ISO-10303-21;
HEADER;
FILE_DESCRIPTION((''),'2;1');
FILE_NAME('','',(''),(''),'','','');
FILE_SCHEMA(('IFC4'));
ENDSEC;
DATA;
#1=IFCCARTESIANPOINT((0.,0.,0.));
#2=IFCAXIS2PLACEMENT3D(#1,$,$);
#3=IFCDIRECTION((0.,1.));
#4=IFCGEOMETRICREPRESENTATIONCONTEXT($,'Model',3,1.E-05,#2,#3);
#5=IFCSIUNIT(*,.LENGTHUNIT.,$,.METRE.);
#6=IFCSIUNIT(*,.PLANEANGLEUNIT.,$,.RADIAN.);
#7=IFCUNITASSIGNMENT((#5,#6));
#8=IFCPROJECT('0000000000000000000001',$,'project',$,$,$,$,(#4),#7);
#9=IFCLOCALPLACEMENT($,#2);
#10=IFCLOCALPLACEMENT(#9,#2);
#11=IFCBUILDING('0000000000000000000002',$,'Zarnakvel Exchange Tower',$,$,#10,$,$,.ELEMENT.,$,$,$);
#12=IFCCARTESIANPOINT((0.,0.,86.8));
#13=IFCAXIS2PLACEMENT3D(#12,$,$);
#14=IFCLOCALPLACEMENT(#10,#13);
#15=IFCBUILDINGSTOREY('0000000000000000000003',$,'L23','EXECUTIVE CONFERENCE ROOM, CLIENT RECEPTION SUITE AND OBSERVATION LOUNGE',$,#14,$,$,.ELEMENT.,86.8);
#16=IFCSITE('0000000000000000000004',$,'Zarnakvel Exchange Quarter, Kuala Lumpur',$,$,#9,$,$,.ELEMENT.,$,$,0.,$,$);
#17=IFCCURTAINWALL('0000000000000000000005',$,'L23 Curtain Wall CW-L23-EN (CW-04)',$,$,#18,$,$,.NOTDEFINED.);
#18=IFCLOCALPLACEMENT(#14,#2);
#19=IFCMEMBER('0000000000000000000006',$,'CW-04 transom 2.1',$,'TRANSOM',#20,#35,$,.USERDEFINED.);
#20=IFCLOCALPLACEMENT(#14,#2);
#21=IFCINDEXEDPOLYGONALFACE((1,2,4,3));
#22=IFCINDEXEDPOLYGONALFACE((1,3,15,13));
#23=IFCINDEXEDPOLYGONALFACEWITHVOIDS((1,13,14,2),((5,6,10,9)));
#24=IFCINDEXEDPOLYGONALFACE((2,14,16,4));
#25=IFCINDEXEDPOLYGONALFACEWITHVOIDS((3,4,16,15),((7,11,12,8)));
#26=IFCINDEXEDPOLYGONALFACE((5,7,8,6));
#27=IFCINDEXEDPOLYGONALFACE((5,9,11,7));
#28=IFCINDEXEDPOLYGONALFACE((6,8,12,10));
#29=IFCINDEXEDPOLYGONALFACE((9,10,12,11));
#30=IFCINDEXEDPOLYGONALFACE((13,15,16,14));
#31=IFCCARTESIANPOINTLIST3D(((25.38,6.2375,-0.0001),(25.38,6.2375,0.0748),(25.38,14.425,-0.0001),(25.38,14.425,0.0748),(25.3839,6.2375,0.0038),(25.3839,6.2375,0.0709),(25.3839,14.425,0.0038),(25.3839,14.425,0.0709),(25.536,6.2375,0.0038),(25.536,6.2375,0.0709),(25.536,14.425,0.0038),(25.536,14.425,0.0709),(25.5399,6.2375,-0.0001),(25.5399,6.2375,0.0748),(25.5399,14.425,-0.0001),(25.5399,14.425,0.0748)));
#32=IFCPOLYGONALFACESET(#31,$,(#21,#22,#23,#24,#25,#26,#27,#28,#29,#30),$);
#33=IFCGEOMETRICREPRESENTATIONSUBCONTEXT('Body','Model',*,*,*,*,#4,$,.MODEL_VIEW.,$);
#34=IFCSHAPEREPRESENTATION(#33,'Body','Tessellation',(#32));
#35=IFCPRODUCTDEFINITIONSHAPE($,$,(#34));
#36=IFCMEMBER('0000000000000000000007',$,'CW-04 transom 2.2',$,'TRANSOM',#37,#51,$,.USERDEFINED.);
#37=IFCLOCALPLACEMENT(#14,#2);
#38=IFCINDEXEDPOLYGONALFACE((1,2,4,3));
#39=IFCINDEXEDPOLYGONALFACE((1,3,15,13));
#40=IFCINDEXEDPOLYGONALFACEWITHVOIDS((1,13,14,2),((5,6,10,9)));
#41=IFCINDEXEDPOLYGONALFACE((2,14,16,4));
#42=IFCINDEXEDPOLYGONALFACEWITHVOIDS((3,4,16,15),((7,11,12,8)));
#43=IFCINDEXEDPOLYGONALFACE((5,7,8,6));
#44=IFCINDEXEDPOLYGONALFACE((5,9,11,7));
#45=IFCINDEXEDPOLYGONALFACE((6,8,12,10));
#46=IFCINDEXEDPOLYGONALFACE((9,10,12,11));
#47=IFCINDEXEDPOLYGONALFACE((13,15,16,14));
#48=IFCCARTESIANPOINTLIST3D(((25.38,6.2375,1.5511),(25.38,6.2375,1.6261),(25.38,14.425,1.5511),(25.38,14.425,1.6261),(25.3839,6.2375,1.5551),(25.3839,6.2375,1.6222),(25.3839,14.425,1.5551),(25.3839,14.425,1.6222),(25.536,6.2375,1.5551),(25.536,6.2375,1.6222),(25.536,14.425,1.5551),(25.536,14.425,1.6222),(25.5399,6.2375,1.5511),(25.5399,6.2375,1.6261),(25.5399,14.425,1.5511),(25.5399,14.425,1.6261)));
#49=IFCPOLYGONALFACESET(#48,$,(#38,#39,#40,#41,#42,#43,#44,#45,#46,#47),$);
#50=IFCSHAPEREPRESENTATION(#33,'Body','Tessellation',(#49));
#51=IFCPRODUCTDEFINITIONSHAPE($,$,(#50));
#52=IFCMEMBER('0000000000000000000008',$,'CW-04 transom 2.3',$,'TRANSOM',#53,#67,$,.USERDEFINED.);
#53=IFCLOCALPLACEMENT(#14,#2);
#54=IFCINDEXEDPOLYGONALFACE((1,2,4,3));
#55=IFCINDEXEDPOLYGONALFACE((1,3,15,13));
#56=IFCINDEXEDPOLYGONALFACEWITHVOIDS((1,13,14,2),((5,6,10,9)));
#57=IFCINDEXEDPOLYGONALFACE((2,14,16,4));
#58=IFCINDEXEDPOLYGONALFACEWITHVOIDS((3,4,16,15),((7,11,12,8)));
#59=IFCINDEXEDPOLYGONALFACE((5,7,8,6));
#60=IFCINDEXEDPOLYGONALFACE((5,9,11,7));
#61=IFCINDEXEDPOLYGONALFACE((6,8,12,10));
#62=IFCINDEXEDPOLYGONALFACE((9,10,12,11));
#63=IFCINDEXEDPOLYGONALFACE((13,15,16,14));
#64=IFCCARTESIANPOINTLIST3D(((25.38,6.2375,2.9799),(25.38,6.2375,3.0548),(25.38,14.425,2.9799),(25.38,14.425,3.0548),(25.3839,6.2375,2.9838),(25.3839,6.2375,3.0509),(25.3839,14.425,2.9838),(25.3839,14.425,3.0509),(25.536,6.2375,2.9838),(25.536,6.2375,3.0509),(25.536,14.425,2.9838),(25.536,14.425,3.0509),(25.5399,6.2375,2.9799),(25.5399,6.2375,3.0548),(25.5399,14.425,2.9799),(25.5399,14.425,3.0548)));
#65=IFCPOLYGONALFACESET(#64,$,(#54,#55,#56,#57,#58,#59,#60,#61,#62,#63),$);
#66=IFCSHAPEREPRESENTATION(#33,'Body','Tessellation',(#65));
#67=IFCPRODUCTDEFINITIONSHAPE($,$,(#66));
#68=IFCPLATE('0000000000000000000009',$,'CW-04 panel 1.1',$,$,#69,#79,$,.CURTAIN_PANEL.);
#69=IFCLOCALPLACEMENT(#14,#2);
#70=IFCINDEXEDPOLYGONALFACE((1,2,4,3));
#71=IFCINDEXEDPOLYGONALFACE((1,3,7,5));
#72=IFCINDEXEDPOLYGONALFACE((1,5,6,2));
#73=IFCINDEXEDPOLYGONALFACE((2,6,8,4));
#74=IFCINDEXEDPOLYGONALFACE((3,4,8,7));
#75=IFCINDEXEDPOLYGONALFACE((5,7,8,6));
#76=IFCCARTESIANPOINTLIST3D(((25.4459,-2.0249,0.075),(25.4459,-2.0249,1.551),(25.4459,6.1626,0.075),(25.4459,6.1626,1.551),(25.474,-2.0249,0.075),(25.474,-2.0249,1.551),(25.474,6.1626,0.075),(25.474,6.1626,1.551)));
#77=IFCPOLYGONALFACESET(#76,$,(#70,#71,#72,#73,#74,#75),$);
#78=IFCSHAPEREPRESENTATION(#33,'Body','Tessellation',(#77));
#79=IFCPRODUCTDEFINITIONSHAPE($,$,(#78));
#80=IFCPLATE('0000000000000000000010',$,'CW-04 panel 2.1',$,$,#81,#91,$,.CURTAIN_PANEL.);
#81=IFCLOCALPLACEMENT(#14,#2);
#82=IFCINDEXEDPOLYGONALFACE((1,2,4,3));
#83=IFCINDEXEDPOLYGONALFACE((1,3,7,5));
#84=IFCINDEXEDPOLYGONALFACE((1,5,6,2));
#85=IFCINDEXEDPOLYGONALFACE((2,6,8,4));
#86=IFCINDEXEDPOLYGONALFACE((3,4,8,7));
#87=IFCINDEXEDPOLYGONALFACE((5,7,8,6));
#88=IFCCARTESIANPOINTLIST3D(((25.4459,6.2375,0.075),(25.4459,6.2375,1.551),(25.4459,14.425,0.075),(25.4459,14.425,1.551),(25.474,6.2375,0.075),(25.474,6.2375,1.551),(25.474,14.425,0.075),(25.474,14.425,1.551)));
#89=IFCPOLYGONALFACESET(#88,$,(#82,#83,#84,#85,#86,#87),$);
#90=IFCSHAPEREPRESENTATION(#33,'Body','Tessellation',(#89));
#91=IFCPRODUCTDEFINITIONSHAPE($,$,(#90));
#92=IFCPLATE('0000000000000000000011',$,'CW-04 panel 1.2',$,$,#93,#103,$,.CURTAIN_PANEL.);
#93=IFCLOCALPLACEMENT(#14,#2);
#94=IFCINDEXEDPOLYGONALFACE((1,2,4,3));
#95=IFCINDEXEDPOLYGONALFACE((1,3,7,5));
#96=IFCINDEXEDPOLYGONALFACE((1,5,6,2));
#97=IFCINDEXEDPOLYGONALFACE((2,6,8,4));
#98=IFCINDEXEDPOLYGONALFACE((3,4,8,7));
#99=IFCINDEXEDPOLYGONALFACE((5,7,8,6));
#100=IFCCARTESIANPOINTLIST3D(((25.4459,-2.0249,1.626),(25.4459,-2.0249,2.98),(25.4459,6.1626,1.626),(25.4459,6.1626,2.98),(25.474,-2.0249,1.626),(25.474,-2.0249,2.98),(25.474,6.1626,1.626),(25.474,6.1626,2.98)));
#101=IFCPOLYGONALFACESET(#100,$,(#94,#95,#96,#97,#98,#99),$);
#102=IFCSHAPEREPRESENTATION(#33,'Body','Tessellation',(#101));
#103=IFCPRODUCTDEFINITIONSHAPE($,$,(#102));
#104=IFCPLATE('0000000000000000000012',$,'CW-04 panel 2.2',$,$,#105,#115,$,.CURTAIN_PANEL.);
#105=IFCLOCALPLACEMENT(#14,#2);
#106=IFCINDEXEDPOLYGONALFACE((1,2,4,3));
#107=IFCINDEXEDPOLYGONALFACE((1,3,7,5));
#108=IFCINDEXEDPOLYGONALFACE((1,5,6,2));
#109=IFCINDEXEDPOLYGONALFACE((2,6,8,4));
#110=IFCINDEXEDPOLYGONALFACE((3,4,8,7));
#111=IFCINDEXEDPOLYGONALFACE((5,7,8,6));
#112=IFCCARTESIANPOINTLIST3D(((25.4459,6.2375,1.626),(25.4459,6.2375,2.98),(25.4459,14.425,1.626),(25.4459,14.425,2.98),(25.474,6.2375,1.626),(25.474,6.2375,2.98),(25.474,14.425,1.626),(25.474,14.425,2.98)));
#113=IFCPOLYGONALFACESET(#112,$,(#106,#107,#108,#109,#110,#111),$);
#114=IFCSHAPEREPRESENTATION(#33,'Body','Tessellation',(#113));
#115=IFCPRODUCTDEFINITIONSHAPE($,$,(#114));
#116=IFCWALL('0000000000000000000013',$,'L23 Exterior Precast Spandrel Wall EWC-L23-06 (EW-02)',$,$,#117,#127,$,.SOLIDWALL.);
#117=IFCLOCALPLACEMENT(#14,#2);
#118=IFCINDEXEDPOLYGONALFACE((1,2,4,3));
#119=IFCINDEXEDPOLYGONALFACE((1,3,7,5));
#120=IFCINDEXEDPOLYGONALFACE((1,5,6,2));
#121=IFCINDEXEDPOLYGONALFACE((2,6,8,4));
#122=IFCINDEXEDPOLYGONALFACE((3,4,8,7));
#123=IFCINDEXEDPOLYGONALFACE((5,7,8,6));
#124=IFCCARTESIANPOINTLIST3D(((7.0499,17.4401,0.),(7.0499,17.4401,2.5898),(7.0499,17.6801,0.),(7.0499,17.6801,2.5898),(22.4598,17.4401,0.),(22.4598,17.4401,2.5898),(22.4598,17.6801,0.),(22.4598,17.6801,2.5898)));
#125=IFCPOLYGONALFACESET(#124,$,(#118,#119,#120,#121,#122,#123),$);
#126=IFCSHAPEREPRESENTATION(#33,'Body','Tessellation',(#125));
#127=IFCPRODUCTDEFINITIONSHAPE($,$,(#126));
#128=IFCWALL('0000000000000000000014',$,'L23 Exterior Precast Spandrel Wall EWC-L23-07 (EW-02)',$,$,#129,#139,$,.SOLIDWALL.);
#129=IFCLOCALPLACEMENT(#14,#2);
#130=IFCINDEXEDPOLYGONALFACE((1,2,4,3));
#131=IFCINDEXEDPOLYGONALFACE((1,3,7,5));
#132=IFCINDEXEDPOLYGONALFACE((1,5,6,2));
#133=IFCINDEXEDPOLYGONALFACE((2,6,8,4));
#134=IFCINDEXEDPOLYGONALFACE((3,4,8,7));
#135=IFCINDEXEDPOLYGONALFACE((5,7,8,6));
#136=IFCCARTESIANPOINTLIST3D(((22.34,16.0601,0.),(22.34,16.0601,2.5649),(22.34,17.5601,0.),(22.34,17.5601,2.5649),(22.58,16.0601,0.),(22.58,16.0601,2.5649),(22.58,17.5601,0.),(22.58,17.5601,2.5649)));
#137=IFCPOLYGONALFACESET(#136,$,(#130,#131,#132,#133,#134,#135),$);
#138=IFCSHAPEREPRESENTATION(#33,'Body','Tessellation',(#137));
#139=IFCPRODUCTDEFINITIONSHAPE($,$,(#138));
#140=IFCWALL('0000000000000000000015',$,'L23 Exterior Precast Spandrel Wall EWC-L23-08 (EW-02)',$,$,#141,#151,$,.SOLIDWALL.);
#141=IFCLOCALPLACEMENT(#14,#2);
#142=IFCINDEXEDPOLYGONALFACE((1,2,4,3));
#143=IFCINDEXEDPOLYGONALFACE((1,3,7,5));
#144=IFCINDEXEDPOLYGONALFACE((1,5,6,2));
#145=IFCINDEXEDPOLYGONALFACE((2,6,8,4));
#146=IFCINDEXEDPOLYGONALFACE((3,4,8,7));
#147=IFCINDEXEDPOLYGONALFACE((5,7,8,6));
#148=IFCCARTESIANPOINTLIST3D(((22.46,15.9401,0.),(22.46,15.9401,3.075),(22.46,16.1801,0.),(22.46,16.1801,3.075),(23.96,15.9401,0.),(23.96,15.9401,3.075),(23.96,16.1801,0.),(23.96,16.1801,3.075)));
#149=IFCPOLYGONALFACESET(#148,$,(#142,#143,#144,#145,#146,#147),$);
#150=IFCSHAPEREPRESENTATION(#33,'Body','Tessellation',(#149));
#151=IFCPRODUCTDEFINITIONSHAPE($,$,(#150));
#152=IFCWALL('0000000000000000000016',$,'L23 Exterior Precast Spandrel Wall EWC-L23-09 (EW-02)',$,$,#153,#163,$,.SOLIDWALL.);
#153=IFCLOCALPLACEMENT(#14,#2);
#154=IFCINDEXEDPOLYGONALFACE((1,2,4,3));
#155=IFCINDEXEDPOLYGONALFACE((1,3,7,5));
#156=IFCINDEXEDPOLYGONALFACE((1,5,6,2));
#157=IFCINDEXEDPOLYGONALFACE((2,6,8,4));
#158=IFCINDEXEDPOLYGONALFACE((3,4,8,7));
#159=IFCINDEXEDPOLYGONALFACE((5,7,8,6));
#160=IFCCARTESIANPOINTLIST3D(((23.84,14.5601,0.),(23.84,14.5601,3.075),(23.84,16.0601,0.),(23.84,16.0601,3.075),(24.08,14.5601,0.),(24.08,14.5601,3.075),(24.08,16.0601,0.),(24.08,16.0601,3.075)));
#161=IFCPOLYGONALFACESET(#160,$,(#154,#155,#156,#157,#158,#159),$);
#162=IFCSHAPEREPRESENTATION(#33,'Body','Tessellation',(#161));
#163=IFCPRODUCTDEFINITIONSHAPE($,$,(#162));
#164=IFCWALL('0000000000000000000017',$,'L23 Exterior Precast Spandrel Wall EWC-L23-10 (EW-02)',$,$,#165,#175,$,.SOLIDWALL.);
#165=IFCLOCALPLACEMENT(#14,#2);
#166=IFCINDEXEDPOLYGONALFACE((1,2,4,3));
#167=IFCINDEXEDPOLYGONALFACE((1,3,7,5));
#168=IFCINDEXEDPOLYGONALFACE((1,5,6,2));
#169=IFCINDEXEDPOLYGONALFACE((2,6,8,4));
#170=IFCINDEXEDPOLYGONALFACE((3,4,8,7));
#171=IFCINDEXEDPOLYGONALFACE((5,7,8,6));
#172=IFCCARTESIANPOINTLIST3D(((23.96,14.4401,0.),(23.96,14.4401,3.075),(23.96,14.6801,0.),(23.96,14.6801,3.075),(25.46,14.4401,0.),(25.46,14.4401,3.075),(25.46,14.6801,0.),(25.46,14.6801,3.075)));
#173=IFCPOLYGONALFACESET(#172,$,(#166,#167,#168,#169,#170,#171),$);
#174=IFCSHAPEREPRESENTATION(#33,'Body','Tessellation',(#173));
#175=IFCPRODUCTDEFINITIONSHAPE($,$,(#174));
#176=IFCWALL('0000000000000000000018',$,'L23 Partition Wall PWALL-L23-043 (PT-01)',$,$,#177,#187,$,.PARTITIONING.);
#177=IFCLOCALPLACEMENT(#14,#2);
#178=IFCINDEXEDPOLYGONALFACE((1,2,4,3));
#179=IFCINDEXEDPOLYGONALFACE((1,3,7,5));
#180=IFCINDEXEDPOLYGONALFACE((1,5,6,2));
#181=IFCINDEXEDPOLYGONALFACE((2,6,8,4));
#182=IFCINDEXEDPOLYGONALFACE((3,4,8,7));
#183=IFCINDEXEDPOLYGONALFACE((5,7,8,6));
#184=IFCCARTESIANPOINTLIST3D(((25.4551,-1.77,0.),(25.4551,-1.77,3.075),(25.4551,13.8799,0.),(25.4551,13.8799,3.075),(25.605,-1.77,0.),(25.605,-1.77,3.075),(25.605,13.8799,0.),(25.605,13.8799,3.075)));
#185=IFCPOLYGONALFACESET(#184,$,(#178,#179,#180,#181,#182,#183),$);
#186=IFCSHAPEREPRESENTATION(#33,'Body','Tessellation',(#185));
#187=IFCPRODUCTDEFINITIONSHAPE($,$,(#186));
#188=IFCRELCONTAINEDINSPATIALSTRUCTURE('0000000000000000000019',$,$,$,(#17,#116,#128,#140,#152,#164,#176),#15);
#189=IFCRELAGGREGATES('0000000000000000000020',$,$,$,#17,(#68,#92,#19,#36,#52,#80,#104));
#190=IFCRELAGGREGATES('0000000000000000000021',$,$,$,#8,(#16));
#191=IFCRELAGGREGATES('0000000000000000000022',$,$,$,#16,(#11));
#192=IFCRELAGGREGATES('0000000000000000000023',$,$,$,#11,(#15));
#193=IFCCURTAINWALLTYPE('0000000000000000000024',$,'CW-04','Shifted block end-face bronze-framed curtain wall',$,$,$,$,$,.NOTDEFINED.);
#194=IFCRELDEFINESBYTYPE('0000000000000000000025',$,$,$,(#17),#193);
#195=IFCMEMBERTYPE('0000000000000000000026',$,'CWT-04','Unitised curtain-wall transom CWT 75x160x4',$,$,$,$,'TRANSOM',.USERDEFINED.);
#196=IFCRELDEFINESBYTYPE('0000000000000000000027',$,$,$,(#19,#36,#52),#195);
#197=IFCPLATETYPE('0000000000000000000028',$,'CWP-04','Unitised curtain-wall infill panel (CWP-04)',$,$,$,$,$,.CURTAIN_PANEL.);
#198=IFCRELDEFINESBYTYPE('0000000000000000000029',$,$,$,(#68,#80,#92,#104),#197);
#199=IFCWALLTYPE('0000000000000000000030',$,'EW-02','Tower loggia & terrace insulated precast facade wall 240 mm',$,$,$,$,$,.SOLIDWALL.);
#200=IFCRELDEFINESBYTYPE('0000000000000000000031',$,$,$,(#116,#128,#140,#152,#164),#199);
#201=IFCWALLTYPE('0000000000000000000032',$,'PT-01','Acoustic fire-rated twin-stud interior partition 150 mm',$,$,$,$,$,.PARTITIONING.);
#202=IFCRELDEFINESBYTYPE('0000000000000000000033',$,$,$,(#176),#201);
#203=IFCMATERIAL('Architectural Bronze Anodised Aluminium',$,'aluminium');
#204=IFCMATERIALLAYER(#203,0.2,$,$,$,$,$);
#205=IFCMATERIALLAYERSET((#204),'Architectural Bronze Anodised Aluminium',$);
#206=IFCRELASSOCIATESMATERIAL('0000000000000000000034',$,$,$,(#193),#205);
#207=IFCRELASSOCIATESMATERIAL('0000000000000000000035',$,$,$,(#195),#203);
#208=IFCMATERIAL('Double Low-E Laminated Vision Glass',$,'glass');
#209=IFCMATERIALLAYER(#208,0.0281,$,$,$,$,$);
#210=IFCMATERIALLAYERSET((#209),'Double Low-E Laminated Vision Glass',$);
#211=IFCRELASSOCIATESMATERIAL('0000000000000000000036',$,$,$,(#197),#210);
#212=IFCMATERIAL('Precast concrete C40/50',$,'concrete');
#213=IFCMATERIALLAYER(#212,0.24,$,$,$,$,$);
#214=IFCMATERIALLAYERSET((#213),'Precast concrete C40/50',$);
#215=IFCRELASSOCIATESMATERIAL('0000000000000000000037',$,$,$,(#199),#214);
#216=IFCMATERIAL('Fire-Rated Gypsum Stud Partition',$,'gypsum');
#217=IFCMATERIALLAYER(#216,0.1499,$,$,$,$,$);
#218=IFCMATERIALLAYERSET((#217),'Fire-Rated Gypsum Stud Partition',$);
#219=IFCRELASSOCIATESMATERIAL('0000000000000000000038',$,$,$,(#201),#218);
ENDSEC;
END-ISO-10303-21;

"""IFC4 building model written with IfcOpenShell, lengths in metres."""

from ifc_helpers import new_model, si_unit, direction, frame, frame_2d, origin, origin_2d, place, context, subcontext, project, spatial, rectangle, hollow_rectangle, extrude, source, transform, mapped, material, layer, layer_set, material_profile, profile_set, type_object, element, aggregate, save


model = new_model("IFC4")

# Units and contexts
model_context = context("Model", 3, precision=1e-05, world=origin(), true_north=direction((0.0, 1.0)))
body_context = subcontext(model_context, "Body", "Model", "MODEL_VIEW")
ifc_project = project(units=[si_unit("LENGTHUNIT", "METRE"), si_unit("PLANEANGLEUNIT", "RADIAN")], contexts=[model_context])

# Site, building, storey
site_placement = place(None, origin())
site = spatial("IfcSite", under=ifc_project, at=site_placement, Name="Zarnakvel Exchange Quarter, Kuala Lumpur", CompositionType="ELEMENT", RefElevation=0.0)
building_placement = place(site_placement, origin())
building = spatial("IfcBuilding", under=site, at=building_placement, Name="Zarnakvel Exchange Tower", CompositionType="ELEMENT")
storey_placement = place(building_placement, frame((0.0, 0.0, 86.8)))
storey = spatial("IfcBuildingStorey", under=building, at=storey_placement, Name="L23", Description="EXECUTIVE CONFERENCE ROOM, CLIENT RECEPTION SUITE AND OBSERVATION LOUNGE", CompositionType="ELEMENT", Elevation=86.8)

# Curtain wall, members, plates
ifc_material_1 = material(Name="Architectural Bronze Anodised Aluminium", Category="aluminium")
ifc_layer_1 = layer(ifc_material_1, 0.2)
ifc_layer_set_1 = layer_set([ifc_layer_1], Name="Architectural Bronze Anodised Aluminium")
curtain_wall_type = type_object("IfcCurtainWallType", Name="CW-04", Description="Shifted block end-face bronze-framed curtain wall", PredefinedType="NOTDEFINED", material=ifc_layer_set_1)
curtain_wall_placement = place(storey_placement, origin())
curtain_wall = element("IfcCurtainWall", 1, at=curtain_wall_placement, inside=storey, type_object=curtain_wall_type, Name="L23 Curtain Wall CW-L23-EN (CW-04)", PredefinedType="NOTDEFINED")
ifc_material_profile_1 = material_profile(ifc_material_1, hollow_rectangle(XDim=0.1599, YDim=0.075, WallThickness=0.0039, at=origin_2d()))
ifc_profile_set_1 = profile_set([ifc_material_profile_1], Name="Architectural Bronze Anodised Aluminium")
member_type_1 = type_object("IfcMemberType", Name="CWT-04", Description="Unitised curtain-wall transom CWT 75x160x4", ElementType="TRANSOM", PredefinedType="USERDEFINED", material=ifc_profile_set_1)
shared_shape_1 = source(origin(), body_context, "Body", "SweptSolid", [
    extrude(hollow_rectangle(XDim=0.1599, YDim=0.075, WallThickness=0.0039, at=origin_2d()), origin(), (0.0, 0.0, 1.0), 8.1875),
])
member_1_placement = place(storey_placement, frame((25.46, 6.2375, 0.0374), z_axis=(0.0, 1.0, 0.0), x_axis=(-1.0, 0.0, 0.0)))
member_1 = element("IfcMember", 2, at=member_1_placement, type_object=member_type_1, Name="CW-04 transom 2.1", ObjectType="TRANSOM", PredefinedType="USERDEFINED", context=body_context, shape_type="MappedRepresentation", body=[
    mapped(shared_shape_1, transform((0.0, 0.0, 0.0), x_axis=(1.0, 0.0, 0.0), y_axis=(0.0, 1.0, 0.0), z_axis=(0.0, 0.0, 1.0), scale=1.0)),
])
member_2_placement = place(storey_placement, frame((25.46, 6.2375, 1.5886), z_axis=(0.0, 1.0, 0.0), x_axis=(-1.0, 0.0, 0.0)))
member_2 = element("IfcMember", 3, at=member_2_placement, type_object=member_type_1, Name="CW-04 transom 2.2", ObjectType="TRANSOM", PredefinedType="USERDEFINED", context=body_context, shape_type="MappedRepresentation", body=[
    mapped(shared_shape_1, transform((0.0, 0.0, 0.0), x_axis=(1.0, 0.0, 0.0), y_axis=(0.0, 1.0, 0.0), z_axis=(0.0, 0.0, 1.0), scale=1.0)),
])
member_3_placement = place(storey_placement, frame((25.46, 6.2375, 3.0173), z_axis=(0.0, 1.0, 0.0), x_axis=(-1.0, 0.0, 0.0)))
member_3 = element("IfcMember", 4, at=member_3_placement, type_object=member_type_1, Name="CW-04 transom 2.3", ObjectType="TRANSOM", PredefinedType="USERDEFINED", context=body_context, shape_type="MappedRepresentation", body=[
    mapped(shared_shape_1, transform((0.0, 0.0, 0.0), x_axis=(1.0, 0.0, 0.0), y_axis=(0.0, 1.0, 0.0), z_axis=(0.0, 0.0, 1.0), scale=1.0)),
])
ifc_material_2 = material(Name="Double Low-E Laminated Vision Glass", Category="glass")
ifc_layer_2 = layer(ifc_material_2, 0.0281)
ifc_layer_set_2 = layer_set([ifc_layer_2], Name="Double Low-E Laminated Vision Glass")
plate_type = type_object("IfcPlateType", Name="CWP-04", Description="Unitised curtain-wall infill panel (CWP-04)", PredefinedType="CURTAIN_PANEL", material=ifc_layer_set_2)
shared_shape_2 = source(origin(), body_context, "Body", "SweptSolid", [
    extrude(rectangle(XDim=8.1875, YDim=0.0281, at=origin_2d()), origin(), (0.0, 0.0, 1.0), 1.4761),
])
plate_1_placement = place(storey_placement, frame((25.46, 2.0688, 0.075), z_axis=(0.0, 0.0, 1.0), x_axis=(0.0, 1.0, 0.0)))
plate_1 = element("IfcPlate", 5, at=plate_1_placement, type_object=plate_type, Name="CW-04 panel 1.1", PredefinedType="CURTAIN_PANEL", context=body_context, shape_type="MappedRepresentation", body=[
    mapped(shared_shape_2, transform((0.0, 0.0, 0.0), x_axis=(1.0, 0.0, 0.0), y_axis=(0.0, 1.0, 0.0), z_axis=(0.0, 0.0, 1.0), scale=1.0)),
])
plate_2_placement = place(storey_placement, frame((25.46, 10.3313, 0.075), z_axis=(0.0, 0.0, 1.0), x_axis=(0.0, 1.0, 0.0)))
plate_2 = element("IfcPlate", 6, at=plate_2_placement, type_object=plate_type, Name="CW-04 panel 2.1", PredefinedType="CURTAIN_PANEL", context=body_context, shape_type="MappedRepresentation", body=[
    mapped(shared_shape_2, transform((0.0, 0.0, 0.0), x_axis=(1.0, 0.0, 0.0), y_axis=(0.0, 1.0, 0.0), z_axis=(0.0, 0.0, 1.0), scale=1.0)),
])
shared_shape_3 = source(origin(), body_context, "Body", "SweptSolid", [
    extrude(rectangle(XDim=8.1875, YDim=0.0281, at=origin_2d()), origin(), (0.0, 0.0, 1.0), 1.354),
])
plate_3_placement = place(storey_placement, frame((25.46, 2.0688, 1.626), z_axis=(0.0, 0.0, 1.0), x_axis=(0.0, 1.0, 0.0)))
plate_3 = element("IfcPlate", 7, at=plate_3_placement, type_object=plate_type, Name="CW-04 panel 1.2", PredefinedType="CURTAIN_PANEL", context=body_context, shape_type="MappedRepresentation", body=[
    mapped(shared_shape_3, transform((0.0, 0.0, 0.0), x_axis=(1.0, 0.0, 0.0), y_axis=(0.0, 1.0, 0.0), z_axis=(0.0, 0.0, 1.0), scale=1.0)),
])
plate_4_placement = place(storey_placement, frame((25.46, 10.3313, 1.626), z_axis=(0.0, 0.0, 1.0), x_axis=(0.0, 1.0, 0.0)))
plate_4 = element("IfcPlate", 8, at=plate_4_placement, type_object=plate_type, Name="CW-04 panel 2.2", PredefinedType="CURTAIN_PANEL", context=body_context, shape_type="MappedRepresentation", body=[
    mapped(shared_shape_3, transform((0.0, 0.0, 0.0), x_axis=(1.0, 0.0, 0.0), y_axis=(0.0, 1.0, 0.0), z_axis=(0.0, 0.0, 1.0), scale=1.0)),
])
aggregate(curtain_wall, [plate_1, plate_3, member_1, member_2, member_3, plate_2, plate_4])

# Walls
ifc_material_3 = material(Name="Precast concrete C40/50", Category="concrete")
ifc_layer_3 = layer(ifc_material_3, 0.24)
ifc_layer_set_3 = layer_set([ifc_layer_3], Name="Precast concrete C40/50")
wall_type_1 = type_object("IfcWallType", Name="EW-02", Description="Tower loggia & terrace insulated precast facade wall 240 mm", PredefinedType="SOLIDWALL", material=ifc_layer_set_3)
wall_1_placement = place(storey_placement, frame((22.46, 17.5601, 0.0), z_axis=(0.0, 0.0, 1.0), x_axis=(-1.0, 0.0, 0.0)))
element("IfcWall", 9, at=wall_1_placement, inside=storey, type_object=wall_type_1, Name="L23 Exterior Precast Spandrel Wall EWC-L23-06 (EW-02)", PredefinedType="SOLIDWALL", context=body_context, shape_type="SweptSolid", body=[
    extrude(rectangle(XDim=15.4099, YDim=0.24, at=frame_2d((7.7051, 0.0))), origin(), (0.0, 0.0, 1.0), 2.5898),
])
wall_2_placement = place(storey_placement, frame((22.46, 16.0601, 0.0), z_axis=(0.0, 0.0, 1.0), x_axis=(0.0, 1.0, 0.0)))
element("IfcWall", 10, at=wall_2_placement, inside=storey, type_object=wall_type_1, Name="L23 Exterior Precast Spandrel Wall EWC-L23-07 (EW-02)", PredefinedType="SOLIDWALL", context=body_context, shape_type="SweptSolid", body=[
    extrude(rectangle(XDim=1.5, YDim=0.24, at=frame_2d((0.75, 0.0))), origin(), (0.0, 0.0, 1.0), 2.5649),
])
for number, where, z_axis, x_axis, name in (
    (11, (23.96, 16.0601, 0.0), (0.0, 0.0, 1.0), (-1.0, 0.0, 0.0), "L23 Exterior Precast Spandrel Wall EWC-L23-08 (EW-02)"),
    (12, (23.96, 14.5601, 0.0), (0.0, 0.0, 1.0), (0.0, 1.0, 0.0), "L23 Exterior Precast Spandrel Wall EWC-L23-09 (EW-02)"),
    (13, (25.46, 14.5601, 0.0), (0.0, 0.0, 1.0), (-1.0, 0.0, 0.0), "L23 Exterior Precast Spandrel Wall EWC-L23-10 (EW-02)"),
):
    element("IfcWall", number, at=place(storey_placement, frame(where, z_axis=z_axis, x_axis=x_axis)), inside=storey, type_object=wall_type_1, Name=name, PredefinedType="SOLIDWALL", context=body_context, shape_type="SweptSolid", body=[
        extrude(rectangle(XDim=1.5, YDim=0.24, at=frame_2d((0.75, 0.0))), origin(), (0.0, 0.0, 1.0), 3.075),
    ])

# Shared definitions
ifc_material_4 = material(Name="Fire-Rated Gypsum Stud Partition", Category="gypsum")
ifc_layer_4 = layer(ifc_material_4, 0.1499)
ifc_layer_set_4 = layer_set([ifc_layer_4], Name="Fire-Rated Gypsum Stud Partition")
wall_type_2 = type_object("IfcWallType", Name="PT-01", Description="Acoustic fire-rated twin-stud interior partition 150 mm", PredefinedType="PARTITIONING", material=ifc_layer_set_4)

# Wall
wall_3_placement = place(storey_placement, frame((25.53, 13.8799, 0.0), z_axis=(0.0, 0.0, 1.0), x_axis=(0.0, -1.0, 0.0)))
element("IfcWall", 14, at=wall_3_placement, inside=storey, type_object=wall_type_2, Name="L23 Partition Wall PWALL-L23-043 (PT-01)", PredefinedType="PARTITIONING", context=body_context, shape_type="SweptSolid", body=[
    extrude(rectangle(XDim=15.6499, YDim=0.1499, at=frame_2d((7.825, 0.0))), origin(), (0.0, 0.0, 1.0), 3.075),
])

save(model, "model.ifc")
